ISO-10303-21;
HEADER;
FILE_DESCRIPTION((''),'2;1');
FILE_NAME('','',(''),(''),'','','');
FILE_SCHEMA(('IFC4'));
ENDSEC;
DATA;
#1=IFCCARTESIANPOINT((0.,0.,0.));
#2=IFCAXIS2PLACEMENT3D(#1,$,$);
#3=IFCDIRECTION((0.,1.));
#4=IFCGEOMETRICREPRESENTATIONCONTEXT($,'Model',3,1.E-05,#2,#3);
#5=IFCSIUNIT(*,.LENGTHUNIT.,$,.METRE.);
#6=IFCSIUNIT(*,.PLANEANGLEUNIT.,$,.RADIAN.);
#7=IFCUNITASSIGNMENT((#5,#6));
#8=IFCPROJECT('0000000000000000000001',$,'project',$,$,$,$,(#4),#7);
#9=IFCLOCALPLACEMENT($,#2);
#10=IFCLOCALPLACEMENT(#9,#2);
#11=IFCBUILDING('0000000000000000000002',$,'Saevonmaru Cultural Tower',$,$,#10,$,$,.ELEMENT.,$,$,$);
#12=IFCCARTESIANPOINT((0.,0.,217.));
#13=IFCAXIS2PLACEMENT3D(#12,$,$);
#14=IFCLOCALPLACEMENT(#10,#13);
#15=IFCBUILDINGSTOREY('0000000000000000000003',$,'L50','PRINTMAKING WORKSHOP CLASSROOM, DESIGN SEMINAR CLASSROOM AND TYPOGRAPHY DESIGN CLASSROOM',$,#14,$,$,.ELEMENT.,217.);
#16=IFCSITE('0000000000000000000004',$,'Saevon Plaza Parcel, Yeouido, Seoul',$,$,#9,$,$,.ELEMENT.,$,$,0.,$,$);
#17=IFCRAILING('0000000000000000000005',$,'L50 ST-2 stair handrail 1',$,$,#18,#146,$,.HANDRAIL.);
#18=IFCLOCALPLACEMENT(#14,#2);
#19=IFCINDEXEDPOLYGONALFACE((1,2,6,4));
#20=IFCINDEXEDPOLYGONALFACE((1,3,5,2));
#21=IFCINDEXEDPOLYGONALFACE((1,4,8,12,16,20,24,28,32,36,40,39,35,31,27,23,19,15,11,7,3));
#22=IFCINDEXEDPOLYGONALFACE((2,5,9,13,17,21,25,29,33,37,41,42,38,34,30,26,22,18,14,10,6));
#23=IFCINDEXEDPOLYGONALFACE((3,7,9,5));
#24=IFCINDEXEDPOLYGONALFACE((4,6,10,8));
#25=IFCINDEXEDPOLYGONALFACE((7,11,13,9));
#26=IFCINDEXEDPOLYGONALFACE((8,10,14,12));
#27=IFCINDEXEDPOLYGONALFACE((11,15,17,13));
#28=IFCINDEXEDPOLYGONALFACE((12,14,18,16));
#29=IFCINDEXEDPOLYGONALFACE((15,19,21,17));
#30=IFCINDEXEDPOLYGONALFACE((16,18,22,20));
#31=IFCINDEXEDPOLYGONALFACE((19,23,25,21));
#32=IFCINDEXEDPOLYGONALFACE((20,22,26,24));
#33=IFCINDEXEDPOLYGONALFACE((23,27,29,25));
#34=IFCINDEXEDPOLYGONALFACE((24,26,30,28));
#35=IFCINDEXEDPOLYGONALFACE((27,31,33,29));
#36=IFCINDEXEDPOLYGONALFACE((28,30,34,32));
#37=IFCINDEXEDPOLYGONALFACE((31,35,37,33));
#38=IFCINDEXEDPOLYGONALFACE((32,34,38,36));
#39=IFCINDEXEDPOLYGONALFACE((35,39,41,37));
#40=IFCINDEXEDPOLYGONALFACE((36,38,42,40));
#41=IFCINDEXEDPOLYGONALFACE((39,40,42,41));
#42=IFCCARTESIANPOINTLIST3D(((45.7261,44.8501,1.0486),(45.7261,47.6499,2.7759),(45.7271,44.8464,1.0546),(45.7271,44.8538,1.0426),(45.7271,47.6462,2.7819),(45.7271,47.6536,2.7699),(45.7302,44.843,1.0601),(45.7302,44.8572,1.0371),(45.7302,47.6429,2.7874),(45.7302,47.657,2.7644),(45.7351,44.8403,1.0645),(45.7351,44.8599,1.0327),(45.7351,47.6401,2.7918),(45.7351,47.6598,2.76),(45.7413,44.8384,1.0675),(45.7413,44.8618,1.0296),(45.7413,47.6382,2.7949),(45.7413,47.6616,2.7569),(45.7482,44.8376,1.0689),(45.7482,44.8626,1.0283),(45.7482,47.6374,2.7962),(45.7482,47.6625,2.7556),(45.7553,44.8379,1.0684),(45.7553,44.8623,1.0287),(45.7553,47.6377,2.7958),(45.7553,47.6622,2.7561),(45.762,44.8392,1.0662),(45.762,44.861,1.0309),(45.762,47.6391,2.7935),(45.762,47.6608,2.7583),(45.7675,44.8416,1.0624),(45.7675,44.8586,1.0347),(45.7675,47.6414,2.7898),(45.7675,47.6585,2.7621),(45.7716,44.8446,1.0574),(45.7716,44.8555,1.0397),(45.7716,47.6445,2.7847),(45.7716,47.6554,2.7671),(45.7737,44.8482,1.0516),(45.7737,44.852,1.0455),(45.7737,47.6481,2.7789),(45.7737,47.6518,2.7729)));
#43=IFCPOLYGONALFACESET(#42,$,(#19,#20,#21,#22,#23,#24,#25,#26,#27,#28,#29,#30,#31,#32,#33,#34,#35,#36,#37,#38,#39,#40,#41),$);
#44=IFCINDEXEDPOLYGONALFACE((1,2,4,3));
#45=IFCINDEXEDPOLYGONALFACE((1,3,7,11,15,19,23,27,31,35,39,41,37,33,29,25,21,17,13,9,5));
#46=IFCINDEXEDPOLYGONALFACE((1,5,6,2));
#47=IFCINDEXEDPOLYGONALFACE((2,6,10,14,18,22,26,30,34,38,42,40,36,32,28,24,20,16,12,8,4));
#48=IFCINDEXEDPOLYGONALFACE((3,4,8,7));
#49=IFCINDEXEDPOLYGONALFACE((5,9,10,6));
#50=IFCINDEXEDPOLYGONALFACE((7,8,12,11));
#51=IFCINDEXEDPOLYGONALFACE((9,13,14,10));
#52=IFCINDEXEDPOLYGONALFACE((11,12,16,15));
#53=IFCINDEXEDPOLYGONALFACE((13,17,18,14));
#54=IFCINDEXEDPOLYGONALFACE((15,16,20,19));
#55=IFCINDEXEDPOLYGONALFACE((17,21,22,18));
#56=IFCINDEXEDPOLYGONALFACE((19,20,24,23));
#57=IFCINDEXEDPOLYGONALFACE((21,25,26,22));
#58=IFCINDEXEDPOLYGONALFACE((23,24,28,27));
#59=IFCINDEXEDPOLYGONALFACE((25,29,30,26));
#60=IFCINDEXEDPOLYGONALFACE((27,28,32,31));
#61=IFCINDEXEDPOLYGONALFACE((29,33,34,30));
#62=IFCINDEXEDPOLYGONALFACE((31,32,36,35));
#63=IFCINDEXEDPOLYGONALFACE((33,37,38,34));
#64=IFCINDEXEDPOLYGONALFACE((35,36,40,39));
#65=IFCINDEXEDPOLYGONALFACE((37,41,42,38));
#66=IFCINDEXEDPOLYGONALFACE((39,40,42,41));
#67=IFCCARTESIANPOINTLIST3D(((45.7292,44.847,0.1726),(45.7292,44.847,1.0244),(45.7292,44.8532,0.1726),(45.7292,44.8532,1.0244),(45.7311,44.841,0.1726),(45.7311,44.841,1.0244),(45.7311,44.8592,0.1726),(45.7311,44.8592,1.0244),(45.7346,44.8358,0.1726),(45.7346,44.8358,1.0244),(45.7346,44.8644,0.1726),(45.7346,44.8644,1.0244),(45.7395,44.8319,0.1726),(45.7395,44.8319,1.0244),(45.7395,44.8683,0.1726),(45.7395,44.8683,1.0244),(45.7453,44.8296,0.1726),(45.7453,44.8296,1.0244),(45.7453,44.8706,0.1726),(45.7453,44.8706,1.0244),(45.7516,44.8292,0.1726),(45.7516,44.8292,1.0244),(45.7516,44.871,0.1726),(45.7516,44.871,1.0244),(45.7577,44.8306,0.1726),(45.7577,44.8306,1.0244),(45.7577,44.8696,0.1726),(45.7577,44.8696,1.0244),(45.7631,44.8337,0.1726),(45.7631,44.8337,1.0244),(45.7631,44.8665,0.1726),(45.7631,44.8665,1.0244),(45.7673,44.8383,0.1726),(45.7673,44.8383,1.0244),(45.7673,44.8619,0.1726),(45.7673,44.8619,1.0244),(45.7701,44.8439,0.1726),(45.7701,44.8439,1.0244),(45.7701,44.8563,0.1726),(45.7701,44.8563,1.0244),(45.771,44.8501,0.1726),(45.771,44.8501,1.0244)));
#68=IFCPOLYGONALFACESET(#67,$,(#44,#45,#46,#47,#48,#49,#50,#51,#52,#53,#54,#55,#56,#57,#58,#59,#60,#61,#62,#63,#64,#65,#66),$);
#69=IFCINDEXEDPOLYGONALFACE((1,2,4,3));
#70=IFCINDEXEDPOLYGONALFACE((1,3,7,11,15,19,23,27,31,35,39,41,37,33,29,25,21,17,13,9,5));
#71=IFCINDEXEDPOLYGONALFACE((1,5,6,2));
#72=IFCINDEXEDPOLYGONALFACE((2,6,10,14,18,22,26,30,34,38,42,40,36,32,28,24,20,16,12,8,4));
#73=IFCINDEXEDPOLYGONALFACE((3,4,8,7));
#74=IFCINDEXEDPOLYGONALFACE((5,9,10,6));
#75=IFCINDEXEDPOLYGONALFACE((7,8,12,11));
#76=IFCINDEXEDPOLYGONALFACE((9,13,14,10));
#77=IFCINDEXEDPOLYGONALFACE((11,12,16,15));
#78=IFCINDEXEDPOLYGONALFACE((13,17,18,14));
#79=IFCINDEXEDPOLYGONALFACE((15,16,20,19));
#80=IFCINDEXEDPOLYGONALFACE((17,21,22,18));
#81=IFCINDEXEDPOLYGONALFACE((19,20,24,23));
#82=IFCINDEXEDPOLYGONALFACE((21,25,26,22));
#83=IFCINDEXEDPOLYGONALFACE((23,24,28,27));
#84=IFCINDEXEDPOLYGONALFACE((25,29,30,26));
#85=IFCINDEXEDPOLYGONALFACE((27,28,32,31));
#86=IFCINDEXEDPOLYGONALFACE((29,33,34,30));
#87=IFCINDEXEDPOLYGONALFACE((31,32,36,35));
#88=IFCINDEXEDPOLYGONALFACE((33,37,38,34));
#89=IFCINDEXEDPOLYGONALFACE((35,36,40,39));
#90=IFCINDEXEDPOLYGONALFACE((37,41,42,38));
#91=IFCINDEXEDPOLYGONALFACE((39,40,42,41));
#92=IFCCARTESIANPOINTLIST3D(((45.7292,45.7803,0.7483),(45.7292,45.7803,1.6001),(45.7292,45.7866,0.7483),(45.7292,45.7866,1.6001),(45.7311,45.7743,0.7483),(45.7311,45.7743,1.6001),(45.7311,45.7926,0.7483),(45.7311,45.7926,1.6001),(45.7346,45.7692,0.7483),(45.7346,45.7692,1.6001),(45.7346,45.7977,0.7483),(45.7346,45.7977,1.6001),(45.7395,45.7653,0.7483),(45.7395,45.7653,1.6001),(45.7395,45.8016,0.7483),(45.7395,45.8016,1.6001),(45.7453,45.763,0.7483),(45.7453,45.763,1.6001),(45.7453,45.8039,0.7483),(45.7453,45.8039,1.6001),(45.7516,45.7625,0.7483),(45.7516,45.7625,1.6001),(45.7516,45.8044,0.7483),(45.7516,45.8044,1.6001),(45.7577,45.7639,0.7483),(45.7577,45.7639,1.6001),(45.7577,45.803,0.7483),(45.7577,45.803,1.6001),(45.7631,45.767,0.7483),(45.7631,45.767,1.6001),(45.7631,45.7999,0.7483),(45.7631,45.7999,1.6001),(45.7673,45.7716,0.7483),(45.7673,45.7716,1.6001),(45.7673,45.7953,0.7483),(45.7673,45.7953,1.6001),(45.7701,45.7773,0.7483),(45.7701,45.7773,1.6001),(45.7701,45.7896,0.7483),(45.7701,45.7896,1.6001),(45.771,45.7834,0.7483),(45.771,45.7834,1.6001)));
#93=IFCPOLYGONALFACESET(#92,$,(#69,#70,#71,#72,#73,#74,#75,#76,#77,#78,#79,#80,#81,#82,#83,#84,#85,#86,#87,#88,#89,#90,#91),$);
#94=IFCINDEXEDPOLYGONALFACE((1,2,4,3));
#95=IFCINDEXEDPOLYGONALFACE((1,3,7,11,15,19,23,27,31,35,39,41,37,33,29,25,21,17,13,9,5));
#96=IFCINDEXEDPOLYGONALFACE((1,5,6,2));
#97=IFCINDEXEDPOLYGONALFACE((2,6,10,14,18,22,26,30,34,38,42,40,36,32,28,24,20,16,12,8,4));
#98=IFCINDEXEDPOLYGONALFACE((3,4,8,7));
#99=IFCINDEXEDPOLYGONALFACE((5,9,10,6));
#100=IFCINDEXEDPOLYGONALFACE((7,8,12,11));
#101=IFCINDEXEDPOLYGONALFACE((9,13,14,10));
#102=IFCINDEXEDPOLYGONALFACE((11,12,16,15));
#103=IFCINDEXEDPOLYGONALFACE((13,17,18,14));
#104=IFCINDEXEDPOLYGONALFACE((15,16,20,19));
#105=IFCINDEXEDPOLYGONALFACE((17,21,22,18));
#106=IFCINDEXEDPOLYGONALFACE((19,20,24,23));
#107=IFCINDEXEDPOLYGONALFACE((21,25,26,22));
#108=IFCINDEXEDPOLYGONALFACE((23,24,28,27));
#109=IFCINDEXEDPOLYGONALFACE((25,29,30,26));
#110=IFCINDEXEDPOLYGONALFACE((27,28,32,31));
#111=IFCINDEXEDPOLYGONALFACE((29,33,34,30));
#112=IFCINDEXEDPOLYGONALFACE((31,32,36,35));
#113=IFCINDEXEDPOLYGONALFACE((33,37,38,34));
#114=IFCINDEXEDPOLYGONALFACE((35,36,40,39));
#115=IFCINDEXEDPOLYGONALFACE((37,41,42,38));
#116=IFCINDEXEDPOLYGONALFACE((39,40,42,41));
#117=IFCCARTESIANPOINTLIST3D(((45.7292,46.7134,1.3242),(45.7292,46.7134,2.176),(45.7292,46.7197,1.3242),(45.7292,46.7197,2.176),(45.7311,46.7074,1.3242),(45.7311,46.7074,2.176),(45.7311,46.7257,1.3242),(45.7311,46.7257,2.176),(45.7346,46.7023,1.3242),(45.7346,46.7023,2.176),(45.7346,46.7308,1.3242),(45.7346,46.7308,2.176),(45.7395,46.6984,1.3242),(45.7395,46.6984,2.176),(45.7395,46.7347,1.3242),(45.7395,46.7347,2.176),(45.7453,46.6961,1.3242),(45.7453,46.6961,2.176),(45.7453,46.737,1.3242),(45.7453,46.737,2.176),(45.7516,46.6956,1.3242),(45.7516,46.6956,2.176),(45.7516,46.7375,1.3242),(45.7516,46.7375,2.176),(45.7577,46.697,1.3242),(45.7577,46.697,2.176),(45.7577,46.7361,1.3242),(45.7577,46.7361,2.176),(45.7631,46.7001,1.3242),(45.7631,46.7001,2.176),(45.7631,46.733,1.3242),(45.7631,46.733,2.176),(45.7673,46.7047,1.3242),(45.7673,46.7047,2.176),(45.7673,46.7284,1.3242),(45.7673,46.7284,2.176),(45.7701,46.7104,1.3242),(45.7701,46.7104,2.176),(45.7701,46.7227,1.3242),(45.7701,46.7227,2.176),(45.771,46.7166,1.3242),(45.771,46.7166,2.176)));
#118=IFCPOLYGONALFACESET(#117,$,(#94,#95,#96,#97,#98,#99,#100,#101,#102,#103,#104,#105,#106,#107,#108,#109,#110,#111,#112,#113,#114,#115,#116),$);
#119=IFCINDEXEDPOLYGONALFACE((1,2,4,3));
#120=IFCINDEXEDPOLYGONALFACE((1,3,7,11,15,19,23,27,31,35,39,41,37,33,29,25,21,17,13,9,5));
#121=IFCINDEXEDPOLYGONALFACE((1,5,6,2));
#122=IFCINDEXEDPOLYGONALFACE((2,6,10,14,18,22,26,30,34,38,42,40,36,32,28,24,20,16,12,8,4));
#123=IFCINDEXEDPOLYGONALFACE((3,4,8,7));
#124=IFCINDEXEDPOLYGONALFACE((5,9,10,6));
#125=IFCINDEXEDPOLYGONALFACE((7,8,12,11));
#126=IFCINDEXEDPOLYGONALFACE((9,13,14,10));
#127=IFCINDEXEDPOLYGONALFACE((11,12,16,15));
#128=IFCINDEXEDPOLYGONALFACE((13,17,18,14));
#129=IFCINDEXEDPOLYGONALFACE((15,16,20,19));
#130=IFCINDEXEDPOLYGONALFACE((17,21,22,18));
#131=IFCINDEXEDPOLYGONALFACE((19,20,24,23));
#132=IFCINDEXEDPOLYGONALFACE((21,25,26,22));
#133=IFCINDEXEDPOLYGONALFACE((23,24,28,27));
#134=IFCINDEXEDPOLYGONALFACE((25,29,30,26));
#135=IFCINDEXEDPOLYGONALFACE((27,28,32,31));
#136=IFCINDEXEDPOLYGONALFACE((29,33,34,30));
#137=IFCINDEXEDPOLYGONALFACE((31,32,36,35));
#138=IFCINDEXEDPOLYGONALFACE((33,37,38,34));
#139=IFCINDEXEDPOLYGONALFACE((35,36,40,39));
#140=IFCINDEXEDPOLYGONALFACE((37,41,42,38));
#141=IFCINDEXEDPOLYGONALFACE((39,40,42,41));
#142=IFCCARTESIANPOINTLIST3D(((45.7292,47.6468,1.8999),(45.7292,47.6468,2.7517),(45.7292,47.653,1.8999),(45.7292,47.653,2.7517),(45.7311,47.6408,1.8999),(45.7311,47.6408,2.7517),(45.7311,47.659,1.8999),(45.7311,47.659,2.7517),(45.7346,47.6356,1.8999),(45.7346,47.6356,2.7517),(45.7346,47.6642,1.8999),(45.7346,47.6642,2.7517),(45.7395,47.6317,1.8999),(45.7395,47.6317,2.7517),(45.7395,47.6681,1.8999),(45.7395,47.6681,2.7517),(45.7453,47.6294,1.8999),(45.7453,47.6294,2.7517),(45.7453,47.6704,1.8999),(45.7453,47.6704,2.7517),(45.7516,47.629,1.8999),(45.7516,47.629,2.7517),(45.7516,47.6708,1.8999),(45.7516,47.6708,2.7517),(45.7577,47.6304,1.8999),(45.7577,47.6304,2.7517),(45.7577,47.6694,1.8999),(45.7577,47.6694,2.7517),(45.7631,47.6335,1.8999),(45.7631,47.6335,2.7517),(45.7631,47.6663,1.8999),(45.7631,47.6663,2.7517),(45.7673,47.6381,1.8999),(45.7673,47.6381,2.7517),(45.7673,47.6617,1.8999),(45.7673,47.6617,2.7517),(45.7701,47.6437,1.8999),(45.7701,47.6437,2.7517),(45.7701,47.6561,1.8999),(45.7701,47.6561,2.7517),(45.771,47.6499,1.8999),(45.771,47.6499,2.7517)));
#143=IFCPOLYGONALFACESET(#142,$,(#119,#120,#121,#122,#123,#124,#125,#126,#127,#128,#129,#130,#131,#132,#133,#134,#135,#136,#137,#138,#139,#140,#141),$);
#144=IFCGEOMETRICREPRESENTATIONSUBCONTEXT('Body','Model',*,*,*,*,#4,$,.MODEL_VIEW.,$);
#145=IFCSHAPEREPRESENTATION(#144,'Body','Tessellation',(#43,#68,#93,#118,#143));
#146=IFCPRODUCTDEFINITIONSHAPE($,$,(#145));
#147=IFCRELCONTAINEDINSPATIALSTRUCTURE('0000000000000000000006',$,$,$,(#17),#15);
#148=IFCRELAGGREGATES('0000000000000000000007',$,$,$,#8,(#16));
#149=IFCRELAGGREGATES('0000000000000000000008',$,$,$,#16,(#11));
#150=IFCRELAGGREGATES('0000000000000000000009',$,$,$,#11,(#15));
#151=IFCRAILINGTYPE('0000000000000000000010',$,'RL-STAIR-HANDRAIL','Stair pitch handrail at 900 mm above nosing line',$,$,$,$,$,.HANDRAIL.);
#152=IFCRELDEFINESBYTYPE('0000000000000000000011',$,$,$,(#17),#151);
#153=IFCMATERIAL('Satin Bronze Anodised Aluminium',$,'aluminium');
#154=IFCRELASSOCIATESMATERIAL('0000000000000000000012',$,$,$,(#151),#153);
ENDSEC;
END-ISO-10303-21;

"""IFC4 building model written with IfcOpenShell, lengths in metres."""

from ifc_helpers import new_model, si_unit, direction, frame, origin, origin_2d, place, context, subcontext, project, spatial, circle, extrude, material, type_object, element, save


model = new_model("IFC4")

# Units and contexts
model_context = context("Model", 3, precision=1e-05, world=origin(), true_north=direction((0.0, 1.0)))
body_context = subcontext(model_context, "Body", "Model", "MODEL_VIEW")
ifc_project = project(units=[si_unit("LENGTHUNIT", "METRE"), si_unit("PLANEANGLEUNIT", "RADIAN")], contexts=[model_context])

# Site, building, storey
site_placement = place(None, origin())
site = spatial("IfcSite", under=ifc_project, at=site_placement, Name="Saevon Plaza Parcel, Yeouido, Seoul", CompositionType="ELEMENT", RefElevation=0.0)
building_placement = place(site_placement, origin())
building = spatial("IfcBuilding", under=site, at=building_placement, Name="Saevonmaru Cultural Tower", CompositionType="ELEMENT")
storey_placement = place(building_placement, frame((0.0, 0.0, 217.0)))
storey = spatial("IfcBuildingStorey", under=building, at=storey_placement, Name="L50", Description="PRINTMAKING WORKSHOP CLASSROOM, DESIGN SEMINAR CLASSROOM AND TYPOGRAPHY DESIGN CLASSROOM", CompositionType="ELEMENT", Elevation=217.0)

# Shared definitions
ifc_material_1 = material(Name="Satin Bronze Anodised Aluminium", Category="aluminium")

# Railing
railing_type_1 = type_object("IfcRailingType", Name="RL-STAIR-HANDRAIL", Description="Stair pitch handrail at 900 mm above nosing line", PredefinedType="HANDRAIL", material=ifc_material_1)
railing_1_placement = place(storey_placement, frame((45.75, 44.8501, 0.1726)))
element("IfcRailing", 1, at=railing_1_placement, inside=storey, type_object=railing_type_1, Name="L50 ST-2 stair handrail 1", PredefinedType="HANDRAIL", context=body_context, shape_type="SweptSolid", body=[
    extrude(circle(Radius=0.0239, at=origin_2d()), frame((0.0, 0.0, 0.876), z_axis=(0.0, 0.851069, 0.525054), x_axis=(-1.0, 0.0, 0.0)), (0.0, 0.0, 1.0), 3.2898),
    extrude(circle(Radius=0.021, at=origin_2d()), origin(), (0.0, 0.0, 1.0), 0.8518),
    extrude(circle(Radius=0.021, at=origin_2d()), frame((0.0, 0.9333, 0.5757)), (0.0, 0.0, 1.0), 0.8518),
    extrude(circle(Radius=0.021, at=origin_2d()), frame((0.0, 1.8665, 1.1516)), (0.0, 0.0, 1.0), 0.8518),
    extrude(circle(Radius=0.021, at=origin_2d()), frame((0.0, 2.7998, 1.7273)), (0.0, 0.0, 1.0), 0.8518),
])

save(model, "model.ifc")
